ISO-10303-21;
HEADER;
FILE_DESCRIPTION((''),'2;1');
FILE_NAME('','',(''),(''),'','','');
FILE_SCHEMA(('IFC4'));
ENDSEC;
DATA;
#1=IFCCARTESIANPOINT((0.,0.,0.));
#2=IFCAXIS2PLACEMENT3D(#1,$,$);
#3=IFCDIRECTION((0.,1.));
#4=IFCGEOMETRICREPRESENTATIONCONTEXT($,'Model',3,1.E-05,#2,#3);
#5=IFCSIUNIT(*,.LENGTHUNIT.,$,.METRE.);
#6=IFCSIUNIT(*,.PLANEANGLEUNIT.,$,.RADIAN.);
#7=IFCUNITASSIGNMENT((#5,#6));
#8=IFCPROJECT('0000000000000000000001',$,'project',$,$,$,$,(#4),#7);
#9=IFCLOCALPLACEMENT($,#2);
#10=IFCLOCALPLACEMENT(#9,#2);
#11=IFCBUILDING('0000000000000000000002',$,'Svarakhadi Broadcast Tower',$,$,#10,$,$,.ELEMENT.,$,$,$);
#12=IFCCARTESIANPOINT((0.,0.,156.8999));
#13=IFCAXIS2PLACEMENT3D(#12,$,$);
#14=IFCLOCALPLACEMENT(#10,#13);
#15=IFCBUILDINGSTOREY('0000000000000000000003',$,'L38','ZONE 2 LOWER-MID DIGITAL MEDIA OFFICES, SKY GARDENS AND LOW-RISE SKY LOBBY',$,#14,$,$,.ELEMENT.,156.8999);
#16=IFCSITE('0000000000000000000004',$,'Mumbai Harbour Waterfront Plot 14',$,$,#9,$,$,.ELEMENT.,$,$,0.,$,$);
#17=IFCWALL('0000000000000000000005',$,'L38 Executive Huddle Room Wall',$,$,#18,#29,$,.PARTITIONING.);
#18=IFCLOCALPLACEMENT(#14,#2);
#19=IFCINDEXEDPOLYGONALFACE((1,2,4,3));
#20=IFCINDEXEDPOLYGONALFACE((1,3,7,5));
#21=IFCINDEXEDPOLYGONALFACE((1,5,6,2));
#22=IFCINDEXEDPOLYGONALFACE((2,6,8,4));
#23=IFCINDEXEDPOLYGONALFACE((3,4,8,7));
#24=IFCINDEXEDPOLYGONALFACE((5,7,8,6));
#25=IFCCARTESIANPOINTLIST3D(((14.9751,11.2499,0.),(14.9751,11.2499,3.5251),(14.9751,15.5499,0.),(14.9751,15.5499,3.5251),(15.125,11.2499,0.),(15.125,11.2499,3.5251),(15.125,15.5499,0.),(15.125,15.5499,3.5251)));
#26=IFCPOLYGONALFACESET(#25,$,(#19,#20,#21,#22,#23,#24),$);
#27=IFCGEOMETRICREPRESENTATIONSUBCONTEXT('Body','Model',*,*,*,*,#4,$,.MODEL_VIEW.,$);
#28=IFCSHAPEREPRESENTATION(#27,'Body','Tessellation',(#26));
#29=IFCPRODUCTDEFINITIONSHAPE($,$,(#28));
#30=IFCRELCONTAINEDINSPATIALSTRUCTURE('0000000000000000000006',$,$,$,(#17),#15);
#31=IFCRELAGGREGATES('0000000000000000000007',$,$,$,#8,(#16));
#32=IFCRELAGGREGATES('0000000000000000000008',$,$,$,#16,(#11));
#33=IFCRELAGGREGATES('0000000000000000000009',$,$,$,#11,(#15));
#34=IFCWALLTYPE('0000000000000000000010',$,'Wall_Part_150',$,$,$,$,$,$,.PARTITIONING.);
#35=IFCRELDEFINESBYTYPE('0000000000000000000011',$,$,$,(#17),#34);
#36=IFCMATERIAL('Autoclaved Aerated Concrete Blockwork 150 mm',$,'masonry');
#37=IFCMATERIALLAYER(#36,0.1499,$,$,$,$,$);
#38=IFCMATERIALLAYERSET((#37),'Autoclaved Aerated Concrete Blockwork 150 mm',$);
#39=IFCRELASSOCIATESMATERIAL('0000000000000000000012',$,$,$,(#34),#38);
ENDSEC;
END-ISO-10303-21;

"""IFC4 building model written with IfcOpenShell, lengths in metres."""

from ifc_helpers import new_model, si_unit, direction, frame, frame_2d, origin, place, context, subcontext, project, spatial, rectangle, extrude, material, layer, layer_set, type_object, element, save


model = new_model("IFC4")

# Units and contexts
model_context = context("Model", 3, precision=1e-05, world=origin(), true_north=direction((0.0, 1.0)))
body_context = subcontext(model_context, "Body", "Model", "MODEL_VIEW")
ifc_project = project(units=[si_unit("LENGTHUNIT", "METRE"), si_unit("PLANEANGLEUNIT", "RADIAN")], contexts=[model_context])

# Site, building, storey
site_placement = place(None, origin())
site = spatial("IfcSite", under=ifc_project, at=site_placement, Name="Mumbai Harbour Waterfront Plot 14", CompositionType="ELEMENT", RefElevation=0.0)
building_placement = place(site_placement, origin())
building = spatial("IfcBuilding", under=site, at=building_placement, Name="Svarakhadi Broadcast Tower", CompositionType="ELEMENT")
storey_placement = place(building_placement, frame((0.0, 0.0, 156.8999)))
storey = spatial("IfcBuildingStorey", under=building, at=storey_placement, Name="L38", Description="ZONE 2 LOWER-MID DIGITAL MEDIA OFFICES, SKY GARDENS AND LOW-RISE SKY LOBBY", CompositionType="ELEMENT", Elevation=156.8999)

# Shared definitions
ifc_material_1 = material(Name="Autoclaved Aerated Concrete Blockwork 150 mm", Category="masonry")
ifc_layer = layer(ifc_material_1, 0.1499)
ifc_layer_set = layer_set([ifc_layer], Name="Autoclaved Aerated Concrete Blockwork 150 mm")
wall_type = type_object("IfcWallType", Name="Wall_Part_150", PredefinedType="PARTITIONING", material=ifc_layer_set)

# Wall
wall_1_placement = place(storey_placement, frame((15.05, 11.25, 0.0), z_axis=(0.0, 0.0, 1.0), x_axis=(0.0, 1.0, 0.0)))
element("IfcWall", 1, at=wall_1_placement, inside=storey, type_object=wall_type, Name="L38 Executive Huddle Room Wall", PredefinedType="PARTITIONING", context=body_context, shape_type="SweptSolid", body=[
    extrude(rectangle(XDim=4.3, YDim=0.1499, at=frame_2d((2.1499, 0.0))), origin(), (0.0, 0.0, 1.0), 3.5251),
])

save(model, "model.ifc")
